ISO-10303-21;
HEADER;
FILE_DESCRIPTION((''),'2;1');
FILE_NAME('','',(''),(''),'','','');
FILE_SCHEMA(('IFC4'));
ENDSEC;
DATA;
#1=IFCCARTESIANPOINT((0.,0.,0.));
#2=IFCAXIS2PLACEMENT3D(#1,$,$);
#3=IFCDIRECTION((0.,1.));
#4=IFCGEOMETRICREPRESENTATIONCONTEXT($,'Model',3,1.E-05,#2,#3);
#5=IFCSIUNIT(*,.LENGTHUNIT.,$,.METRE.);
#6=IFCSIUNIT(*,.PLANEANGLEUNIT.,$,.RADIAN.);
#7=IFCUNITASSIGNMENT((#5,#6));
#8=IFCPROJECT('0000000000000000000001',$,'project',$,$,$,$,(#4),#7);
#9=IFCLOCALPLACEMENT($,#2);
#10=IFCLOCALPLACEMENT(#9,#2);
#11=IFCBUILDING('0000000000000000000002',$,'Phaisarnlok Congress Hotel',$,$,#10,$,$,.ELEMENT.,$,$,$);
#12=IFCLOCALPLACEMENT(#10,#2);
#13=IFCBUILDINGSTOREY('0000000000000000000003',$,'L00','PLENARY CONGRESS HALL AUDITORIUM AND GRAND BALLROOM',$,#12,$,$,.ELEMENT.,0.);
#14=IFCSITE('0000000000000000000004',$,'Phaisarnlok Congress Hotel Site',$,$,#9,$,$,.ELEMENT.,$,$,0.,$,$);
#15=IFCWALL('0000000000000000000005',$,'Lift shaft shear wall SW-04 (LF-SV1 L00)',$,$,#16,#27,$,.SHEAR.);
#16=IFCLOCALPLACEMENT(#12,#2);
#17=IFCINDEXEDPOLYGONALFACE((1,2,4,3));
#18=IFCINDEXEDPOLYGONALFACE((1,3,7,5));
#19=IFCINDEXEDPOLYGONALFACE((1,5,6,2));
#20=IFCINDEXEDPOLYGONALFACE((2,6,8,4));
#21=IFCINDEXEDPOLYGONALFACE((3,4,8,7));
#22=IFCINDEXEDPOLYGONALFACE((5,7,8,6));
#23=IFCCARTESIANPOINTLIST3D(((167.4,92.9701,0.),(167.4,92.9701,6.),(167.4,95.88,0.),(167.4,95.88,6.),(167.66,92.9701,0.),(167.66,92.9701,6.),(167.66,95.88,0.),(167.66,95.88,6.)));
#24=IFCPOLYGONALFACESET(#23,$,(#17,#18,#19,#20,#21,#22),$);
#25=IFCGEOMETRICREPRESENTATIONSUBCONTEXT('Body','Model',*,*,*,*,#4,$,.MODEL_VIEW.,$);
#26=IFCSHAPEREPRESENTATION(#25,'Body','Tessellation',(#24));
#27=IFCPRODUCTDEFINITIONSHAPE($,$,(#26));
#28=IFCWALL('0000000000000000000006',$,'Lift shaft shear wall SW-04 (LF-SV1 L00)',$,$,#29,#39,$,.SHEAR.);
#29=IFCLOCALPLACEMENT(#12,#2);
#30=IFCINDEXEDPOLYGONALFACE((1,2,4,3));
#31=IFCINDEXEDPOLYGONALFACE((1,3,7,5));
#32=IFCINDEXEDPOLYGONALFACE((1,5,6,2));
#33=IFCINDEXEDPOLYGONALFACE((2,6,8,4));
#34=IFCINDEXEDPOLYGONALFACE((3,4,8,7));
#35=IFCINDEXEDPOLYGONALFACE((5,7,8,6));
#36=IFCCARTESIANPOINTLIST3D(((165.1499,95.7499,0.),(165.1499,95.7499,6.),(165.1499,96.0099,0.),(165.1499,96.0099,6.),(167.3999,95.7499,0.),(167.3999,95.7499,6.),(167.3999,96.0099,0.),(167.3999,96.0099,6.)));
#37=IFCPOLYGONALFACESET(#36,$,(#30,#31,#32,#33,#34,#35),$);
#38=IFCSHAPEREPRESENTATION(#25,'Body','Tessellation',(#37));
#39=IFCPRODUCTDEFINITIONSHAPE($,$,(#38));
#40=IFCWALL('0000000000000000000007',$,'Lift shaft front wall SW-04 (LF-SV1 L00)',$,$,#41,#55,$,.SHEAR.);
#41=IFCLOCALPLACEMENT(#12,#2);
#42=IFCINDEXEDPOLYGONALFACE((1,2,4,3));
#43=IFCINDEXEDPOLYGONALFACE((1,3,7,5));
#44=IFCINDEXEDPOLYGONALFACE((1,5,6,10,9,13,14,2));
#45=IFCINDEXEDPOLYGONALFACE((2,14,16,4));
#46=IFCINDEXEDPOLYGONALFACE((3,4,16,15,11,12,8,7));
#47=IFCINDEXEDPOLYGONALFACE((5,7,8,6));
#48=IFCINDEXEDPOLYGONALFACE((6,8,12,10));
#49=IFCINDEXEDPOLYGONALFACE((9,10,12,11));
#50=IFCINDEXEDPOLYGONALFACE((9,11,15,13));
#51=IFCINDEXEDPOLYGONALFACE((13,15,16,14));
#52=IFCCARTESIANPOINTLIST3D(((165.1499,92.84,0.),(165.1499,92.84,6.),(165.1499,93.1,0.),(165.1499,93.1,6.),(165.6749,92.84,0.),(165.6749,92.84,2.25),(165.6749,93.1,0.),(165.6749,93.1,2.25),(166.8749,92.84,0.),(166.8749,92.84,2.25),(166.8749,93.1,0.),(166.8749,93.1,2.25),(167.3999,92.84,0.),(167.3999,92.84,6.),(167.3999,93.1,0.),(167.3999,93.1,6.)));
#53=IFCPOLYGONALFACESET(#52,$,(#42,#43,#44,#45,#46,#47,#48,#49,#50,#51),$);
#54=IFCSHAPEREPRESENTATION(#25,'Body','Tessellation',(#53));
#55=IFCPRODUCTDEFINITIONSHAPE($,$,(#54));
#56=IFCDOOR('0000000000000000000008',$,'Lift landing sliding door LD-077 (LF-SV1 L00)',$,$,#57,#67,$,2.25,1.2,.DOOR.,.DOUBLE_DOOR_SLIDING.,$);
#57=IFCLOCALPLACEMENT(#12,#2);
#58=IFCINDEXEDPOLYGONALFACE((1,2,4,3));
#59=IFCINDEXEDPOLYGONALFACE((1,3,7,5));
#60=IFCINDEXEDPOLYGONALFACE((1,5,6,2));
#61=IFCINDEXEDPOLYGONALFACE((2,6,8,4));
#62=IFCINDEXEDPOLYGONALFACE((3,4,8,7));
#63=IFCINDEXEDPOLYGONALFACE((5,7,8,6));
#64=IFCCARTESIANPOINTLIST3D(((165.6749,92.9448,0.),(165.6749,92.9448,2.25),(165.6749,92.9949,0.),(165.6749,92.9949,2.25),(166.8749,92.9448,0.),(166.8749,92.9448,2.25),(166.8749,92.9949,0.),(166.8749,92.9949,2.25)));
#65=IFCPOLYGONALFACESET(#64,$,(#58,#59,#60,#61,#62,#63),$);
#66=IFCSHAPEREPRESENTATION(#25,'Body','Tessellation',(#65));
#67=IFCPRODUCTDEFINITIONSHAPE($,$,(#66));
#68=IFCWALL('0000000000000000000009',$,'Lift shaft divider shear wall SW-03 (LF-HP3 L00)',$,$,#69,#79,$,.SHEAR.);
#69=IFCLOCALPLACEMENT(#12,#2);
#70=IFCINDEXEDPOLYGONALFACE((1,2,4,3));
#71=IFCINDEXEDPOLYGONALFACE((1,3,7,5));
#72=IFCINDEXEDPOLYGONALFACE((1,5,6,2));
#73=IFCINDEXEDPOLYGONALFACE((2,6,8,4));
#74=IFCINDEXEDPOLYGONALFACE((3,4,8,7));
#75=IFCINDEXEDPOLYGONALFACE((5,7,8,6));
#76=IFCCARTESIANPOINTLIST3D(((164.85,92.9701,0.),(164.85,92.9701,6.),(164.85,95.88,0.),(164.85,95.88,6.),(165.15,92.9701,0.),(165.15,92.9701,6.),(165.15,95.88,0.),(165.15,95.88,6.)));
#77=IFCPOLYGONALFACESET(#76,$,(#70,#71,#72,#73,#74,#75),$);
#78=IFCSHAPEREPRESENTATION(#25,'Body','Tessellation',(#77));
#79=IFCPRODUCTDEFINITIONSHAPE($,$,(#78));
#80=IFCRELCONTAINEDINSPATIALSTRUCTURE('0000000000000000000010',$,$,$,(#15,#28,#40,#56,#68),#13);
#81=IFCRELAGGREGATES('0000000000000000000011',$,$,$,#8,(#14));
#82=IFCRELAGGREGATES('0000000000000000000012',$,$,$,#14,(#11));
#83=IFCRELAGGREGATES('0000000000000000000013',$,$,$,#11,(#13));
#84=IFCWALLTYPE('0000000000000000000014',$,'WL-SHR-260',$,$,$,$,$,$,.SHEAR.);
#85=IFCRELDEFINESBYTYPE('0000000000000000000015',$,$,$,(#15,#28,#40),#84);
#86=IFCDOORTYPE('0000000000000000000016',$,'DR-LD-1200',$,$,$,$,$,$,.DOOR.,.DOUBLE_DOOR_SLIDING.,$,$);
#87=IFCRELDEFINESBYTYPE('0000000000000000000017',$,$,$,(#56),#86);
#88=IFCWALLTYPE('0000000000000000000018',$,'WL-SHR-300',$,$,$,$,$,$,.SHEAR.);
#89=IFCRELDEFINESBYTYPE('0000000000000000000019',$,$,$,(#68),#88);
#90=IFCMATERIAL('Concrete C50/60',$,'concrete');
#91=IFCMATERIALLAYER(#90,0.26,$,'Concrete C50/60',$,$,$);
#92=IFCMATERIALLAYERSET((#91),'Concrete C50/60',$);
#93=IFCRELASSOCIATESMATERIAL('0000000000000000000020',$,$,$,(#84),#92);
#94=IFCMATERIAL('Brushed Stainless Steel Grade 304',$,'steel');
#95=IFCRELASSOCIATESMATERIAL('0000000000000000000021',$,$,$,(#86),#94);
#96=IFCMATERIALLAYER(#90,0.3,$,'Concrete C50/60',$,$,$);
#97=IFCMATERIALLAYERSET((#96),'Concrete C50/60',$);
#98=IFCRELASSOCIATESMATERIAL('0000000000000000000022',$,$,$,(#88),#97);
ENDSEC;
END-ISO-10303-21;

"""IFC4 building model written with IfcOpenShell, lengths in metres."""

from ifc_helpers import new_model, si_unit, direction, frame, frame_2d, origin, place, context, subcontext, project, spatial, rectangle, extrude, material, layer, layer_set, type_object, element, fill, save


model = new_model("IFC4")

# Units and contexts
model_context = context("Model", 3, precision=1e-05, world=origin(), true_north=direction((0.0, 1.0)))
body_context = subcontext(model_context, "Body", "Model", "MODEL_VIEW")
ifc_project = project(units=[si_unit("LENGTHUNIT", "METRE"), si_unit("PLANEANGLEUNIT", "RADIAN")], contexts=[model_context])

# Site, building, storey
site_placement = place(None, origin())
site = spatial("IfcSite", under=ifc_project, at=site_placement, Name="Phaisarnlok Congress Hotel Site", CompositionType="ELEMENT", RefElevation=0.0)
building_placement = place(site_placement, origin())
building = spatial("IfcBuilding", under=site, at=building_placement, Name="Phaisarnlok Congress Hotel", CompositionType="ELEMENT")
storey_placement = place(building_placement, origin())
storey = spatial("IfcBuildingStorey", under=building, at=storey_placement, Name="L00", Description="PLENARY CONGRESS HALL AUDITORIUM AND GRAND BALLROOM", CompositionType="ELEMENT", Elevation=0.0)

# Shared definitions
ifc_material_1 = material(Name="Concrete C50/60", Category="concrete")

# Shared definitions
ifc_layer_1 = layer(ifc_material_1, 0.26, Name="Concrete C50/60")
ifc_layer_set_1 = layer_set([ifc_layer_1], Name="Concrete C50/60")
wall_type_1 = type_object("IfcWallType", Name="WL-SHR-260", PredefinedType="SHEAR", material=ifc_layer_set_1)

# Shared definitions
ifc_material_2 = material(Name="Brushed Stainless Steel Grade 304", Category="steel")

# Walls
wall_1_placement = place(storey_placement, frame((167.53, 92.97, 0.0), z_axis=(0.0, 0.0, 1.0), x_axis=(0.0, 1.0, 0.0)))
element("IfcWall", 1, at=wall_1_placement, inside=storey, type_object=wall_type_1, Name="Lift shaft shear wall SW-04 (LF-SV1 L00)", PredefinedType="SHEAR", context=body_context, shape_type="SweptSolid", body=[
    extrude(rectangle(XDim=2.9099, YDim=0.26, at=frame_2d((1.4551, 0.0))), origin(), (0.0, 0.0, 1.0), 6.0),
])
wall_2_placement = place(storey_placement, frame((165.1499, 95.8799, 0.0), z_axis=(0.0, 0.0, 1.0), x_axis=(1.0, 0.0, 0.0)))
element("IfcWall", 2, at=wall_2_placement, inside=storey, type_object=wall_type_1, Name="Lift shaft shear wall SW-04 (LF-SV1 L00)", PredefinedType="SHEAR", context=body_context, shape_type="SweptSolid", body=[
    extrude(rectangle(XDim=2.25, YDim=0.26, at=frame_2d((1.125, 0.0))), origin(), (0.0, 0.0, 1.0), 6.0),
])

# Wall, opening, door
wall_3_placement = place(storey_placement, frame((165.1499, 92.97, 0.0), z_axis=(0.0, 0.0, 1.0), x_axis=(1.0, 0.0, 0.0)))
wall_3 = element("IfcWall", 3, at=wall_3_placement, inside=storey, type_object=wall_type_1, Name="Lift shaft front wall SW-04 (LF-SV1 L00)", PredefinedType="SHEAR", context=body_context, shape_type="SweptSolid", body=[
    extrude(rectangle(XDim=2.25, YDim=0.26, at=frame_2d((1.125, 0.0))), origin(), (0.0, 0.0, 1.0), 6.0),
])
opening_1_placement = place(wall_3_placement, frame((0.5249, 0.0, 0.0)))
opening_1 = element("IfcOpeningElement", 4, at=opening_1_placement, cuts=wall_3, PredefinedType="OPENING", context=body_context, shape_type="SweptSolid", body=[
    extrude(rectangle(XDim=1.2, YDim=2.25, at=frame_2d((0.6001, 1.125))), frame((0.0, 0.1401, 0.0), z_axis=(0.0, -1.0, 0.0), x_axis=(1.0, 0.0, 0.0)), (0.0, 0.0, 1.0), 0.28),
])
door_type_1 = type_object("IfcDoorType", Name="DR-LD-1200", OperationType="DOUBLE_DOOR_SLIDING", PredefinedType="DOOR", material=ifc_material_2)
door_1_placement = place(opening_1_placement, origin())
door_1 = element("IfcDoor", 5, at=door_1_placement, inside=storey, type_object=door_type_1, Name="Lift landing sliding door LD-077 (LF-SV1 L00)", OperationType="DOUBLE_DOOR_SLIDING", OverallHeight=2.25, OverallWidth=1.2, PredefinedType="DOOR", context=body_context, shape_type="SweptSolid", body=[
    extrude(rectangle(XDim=1.2, YDim=2.25, at=frame_2d((0.6001, 1.125))), frame((0.0, 0.0249, 0.0), z_axis=(0.0, -1.0, 0.0), x_axis=(1.0, 0.0, 0.0)), (0.0, 0.0, 1.0), 0.05),
])
fill(opening_1, door_1)

# Wall
ifc_layer_2 = layer(ifc_material_1, 0.3, Name="Concrete C50/60")
ifc_layer_set_2 = layer_set([ifc_layer_2], Name="Concrete C50/60")
wall_type_2 = type_object("IfcWallType", Name="WL-SHR-300", PredefinedType="SHEAR", material=ifc_layer_set_2)
wall_4_placement = place(storey_placement, frame((165.0, 92.97, 0.0), z_axis=(0.0, 0.0, 1.0), x_axis=(0.0, 1.0, 0.0)))
element("IfcWall", 6, at=wall_4_placement, inside=storey, type_object=wall_type_2, Name="Lift shaft divider shear wall SW-03 (LF-HP3 L00)", PredefinedType="SHEAR", context=body_context, shape_type="SweptSolid", body=[
    extrude(rectangle(XDim=2.9099, YDim=0.3, at=frame_2d((1.4551, 0.0))), origin(), (0.0, 0.0, 1.0), 6.0),
])

save(model, "model.ifc")
